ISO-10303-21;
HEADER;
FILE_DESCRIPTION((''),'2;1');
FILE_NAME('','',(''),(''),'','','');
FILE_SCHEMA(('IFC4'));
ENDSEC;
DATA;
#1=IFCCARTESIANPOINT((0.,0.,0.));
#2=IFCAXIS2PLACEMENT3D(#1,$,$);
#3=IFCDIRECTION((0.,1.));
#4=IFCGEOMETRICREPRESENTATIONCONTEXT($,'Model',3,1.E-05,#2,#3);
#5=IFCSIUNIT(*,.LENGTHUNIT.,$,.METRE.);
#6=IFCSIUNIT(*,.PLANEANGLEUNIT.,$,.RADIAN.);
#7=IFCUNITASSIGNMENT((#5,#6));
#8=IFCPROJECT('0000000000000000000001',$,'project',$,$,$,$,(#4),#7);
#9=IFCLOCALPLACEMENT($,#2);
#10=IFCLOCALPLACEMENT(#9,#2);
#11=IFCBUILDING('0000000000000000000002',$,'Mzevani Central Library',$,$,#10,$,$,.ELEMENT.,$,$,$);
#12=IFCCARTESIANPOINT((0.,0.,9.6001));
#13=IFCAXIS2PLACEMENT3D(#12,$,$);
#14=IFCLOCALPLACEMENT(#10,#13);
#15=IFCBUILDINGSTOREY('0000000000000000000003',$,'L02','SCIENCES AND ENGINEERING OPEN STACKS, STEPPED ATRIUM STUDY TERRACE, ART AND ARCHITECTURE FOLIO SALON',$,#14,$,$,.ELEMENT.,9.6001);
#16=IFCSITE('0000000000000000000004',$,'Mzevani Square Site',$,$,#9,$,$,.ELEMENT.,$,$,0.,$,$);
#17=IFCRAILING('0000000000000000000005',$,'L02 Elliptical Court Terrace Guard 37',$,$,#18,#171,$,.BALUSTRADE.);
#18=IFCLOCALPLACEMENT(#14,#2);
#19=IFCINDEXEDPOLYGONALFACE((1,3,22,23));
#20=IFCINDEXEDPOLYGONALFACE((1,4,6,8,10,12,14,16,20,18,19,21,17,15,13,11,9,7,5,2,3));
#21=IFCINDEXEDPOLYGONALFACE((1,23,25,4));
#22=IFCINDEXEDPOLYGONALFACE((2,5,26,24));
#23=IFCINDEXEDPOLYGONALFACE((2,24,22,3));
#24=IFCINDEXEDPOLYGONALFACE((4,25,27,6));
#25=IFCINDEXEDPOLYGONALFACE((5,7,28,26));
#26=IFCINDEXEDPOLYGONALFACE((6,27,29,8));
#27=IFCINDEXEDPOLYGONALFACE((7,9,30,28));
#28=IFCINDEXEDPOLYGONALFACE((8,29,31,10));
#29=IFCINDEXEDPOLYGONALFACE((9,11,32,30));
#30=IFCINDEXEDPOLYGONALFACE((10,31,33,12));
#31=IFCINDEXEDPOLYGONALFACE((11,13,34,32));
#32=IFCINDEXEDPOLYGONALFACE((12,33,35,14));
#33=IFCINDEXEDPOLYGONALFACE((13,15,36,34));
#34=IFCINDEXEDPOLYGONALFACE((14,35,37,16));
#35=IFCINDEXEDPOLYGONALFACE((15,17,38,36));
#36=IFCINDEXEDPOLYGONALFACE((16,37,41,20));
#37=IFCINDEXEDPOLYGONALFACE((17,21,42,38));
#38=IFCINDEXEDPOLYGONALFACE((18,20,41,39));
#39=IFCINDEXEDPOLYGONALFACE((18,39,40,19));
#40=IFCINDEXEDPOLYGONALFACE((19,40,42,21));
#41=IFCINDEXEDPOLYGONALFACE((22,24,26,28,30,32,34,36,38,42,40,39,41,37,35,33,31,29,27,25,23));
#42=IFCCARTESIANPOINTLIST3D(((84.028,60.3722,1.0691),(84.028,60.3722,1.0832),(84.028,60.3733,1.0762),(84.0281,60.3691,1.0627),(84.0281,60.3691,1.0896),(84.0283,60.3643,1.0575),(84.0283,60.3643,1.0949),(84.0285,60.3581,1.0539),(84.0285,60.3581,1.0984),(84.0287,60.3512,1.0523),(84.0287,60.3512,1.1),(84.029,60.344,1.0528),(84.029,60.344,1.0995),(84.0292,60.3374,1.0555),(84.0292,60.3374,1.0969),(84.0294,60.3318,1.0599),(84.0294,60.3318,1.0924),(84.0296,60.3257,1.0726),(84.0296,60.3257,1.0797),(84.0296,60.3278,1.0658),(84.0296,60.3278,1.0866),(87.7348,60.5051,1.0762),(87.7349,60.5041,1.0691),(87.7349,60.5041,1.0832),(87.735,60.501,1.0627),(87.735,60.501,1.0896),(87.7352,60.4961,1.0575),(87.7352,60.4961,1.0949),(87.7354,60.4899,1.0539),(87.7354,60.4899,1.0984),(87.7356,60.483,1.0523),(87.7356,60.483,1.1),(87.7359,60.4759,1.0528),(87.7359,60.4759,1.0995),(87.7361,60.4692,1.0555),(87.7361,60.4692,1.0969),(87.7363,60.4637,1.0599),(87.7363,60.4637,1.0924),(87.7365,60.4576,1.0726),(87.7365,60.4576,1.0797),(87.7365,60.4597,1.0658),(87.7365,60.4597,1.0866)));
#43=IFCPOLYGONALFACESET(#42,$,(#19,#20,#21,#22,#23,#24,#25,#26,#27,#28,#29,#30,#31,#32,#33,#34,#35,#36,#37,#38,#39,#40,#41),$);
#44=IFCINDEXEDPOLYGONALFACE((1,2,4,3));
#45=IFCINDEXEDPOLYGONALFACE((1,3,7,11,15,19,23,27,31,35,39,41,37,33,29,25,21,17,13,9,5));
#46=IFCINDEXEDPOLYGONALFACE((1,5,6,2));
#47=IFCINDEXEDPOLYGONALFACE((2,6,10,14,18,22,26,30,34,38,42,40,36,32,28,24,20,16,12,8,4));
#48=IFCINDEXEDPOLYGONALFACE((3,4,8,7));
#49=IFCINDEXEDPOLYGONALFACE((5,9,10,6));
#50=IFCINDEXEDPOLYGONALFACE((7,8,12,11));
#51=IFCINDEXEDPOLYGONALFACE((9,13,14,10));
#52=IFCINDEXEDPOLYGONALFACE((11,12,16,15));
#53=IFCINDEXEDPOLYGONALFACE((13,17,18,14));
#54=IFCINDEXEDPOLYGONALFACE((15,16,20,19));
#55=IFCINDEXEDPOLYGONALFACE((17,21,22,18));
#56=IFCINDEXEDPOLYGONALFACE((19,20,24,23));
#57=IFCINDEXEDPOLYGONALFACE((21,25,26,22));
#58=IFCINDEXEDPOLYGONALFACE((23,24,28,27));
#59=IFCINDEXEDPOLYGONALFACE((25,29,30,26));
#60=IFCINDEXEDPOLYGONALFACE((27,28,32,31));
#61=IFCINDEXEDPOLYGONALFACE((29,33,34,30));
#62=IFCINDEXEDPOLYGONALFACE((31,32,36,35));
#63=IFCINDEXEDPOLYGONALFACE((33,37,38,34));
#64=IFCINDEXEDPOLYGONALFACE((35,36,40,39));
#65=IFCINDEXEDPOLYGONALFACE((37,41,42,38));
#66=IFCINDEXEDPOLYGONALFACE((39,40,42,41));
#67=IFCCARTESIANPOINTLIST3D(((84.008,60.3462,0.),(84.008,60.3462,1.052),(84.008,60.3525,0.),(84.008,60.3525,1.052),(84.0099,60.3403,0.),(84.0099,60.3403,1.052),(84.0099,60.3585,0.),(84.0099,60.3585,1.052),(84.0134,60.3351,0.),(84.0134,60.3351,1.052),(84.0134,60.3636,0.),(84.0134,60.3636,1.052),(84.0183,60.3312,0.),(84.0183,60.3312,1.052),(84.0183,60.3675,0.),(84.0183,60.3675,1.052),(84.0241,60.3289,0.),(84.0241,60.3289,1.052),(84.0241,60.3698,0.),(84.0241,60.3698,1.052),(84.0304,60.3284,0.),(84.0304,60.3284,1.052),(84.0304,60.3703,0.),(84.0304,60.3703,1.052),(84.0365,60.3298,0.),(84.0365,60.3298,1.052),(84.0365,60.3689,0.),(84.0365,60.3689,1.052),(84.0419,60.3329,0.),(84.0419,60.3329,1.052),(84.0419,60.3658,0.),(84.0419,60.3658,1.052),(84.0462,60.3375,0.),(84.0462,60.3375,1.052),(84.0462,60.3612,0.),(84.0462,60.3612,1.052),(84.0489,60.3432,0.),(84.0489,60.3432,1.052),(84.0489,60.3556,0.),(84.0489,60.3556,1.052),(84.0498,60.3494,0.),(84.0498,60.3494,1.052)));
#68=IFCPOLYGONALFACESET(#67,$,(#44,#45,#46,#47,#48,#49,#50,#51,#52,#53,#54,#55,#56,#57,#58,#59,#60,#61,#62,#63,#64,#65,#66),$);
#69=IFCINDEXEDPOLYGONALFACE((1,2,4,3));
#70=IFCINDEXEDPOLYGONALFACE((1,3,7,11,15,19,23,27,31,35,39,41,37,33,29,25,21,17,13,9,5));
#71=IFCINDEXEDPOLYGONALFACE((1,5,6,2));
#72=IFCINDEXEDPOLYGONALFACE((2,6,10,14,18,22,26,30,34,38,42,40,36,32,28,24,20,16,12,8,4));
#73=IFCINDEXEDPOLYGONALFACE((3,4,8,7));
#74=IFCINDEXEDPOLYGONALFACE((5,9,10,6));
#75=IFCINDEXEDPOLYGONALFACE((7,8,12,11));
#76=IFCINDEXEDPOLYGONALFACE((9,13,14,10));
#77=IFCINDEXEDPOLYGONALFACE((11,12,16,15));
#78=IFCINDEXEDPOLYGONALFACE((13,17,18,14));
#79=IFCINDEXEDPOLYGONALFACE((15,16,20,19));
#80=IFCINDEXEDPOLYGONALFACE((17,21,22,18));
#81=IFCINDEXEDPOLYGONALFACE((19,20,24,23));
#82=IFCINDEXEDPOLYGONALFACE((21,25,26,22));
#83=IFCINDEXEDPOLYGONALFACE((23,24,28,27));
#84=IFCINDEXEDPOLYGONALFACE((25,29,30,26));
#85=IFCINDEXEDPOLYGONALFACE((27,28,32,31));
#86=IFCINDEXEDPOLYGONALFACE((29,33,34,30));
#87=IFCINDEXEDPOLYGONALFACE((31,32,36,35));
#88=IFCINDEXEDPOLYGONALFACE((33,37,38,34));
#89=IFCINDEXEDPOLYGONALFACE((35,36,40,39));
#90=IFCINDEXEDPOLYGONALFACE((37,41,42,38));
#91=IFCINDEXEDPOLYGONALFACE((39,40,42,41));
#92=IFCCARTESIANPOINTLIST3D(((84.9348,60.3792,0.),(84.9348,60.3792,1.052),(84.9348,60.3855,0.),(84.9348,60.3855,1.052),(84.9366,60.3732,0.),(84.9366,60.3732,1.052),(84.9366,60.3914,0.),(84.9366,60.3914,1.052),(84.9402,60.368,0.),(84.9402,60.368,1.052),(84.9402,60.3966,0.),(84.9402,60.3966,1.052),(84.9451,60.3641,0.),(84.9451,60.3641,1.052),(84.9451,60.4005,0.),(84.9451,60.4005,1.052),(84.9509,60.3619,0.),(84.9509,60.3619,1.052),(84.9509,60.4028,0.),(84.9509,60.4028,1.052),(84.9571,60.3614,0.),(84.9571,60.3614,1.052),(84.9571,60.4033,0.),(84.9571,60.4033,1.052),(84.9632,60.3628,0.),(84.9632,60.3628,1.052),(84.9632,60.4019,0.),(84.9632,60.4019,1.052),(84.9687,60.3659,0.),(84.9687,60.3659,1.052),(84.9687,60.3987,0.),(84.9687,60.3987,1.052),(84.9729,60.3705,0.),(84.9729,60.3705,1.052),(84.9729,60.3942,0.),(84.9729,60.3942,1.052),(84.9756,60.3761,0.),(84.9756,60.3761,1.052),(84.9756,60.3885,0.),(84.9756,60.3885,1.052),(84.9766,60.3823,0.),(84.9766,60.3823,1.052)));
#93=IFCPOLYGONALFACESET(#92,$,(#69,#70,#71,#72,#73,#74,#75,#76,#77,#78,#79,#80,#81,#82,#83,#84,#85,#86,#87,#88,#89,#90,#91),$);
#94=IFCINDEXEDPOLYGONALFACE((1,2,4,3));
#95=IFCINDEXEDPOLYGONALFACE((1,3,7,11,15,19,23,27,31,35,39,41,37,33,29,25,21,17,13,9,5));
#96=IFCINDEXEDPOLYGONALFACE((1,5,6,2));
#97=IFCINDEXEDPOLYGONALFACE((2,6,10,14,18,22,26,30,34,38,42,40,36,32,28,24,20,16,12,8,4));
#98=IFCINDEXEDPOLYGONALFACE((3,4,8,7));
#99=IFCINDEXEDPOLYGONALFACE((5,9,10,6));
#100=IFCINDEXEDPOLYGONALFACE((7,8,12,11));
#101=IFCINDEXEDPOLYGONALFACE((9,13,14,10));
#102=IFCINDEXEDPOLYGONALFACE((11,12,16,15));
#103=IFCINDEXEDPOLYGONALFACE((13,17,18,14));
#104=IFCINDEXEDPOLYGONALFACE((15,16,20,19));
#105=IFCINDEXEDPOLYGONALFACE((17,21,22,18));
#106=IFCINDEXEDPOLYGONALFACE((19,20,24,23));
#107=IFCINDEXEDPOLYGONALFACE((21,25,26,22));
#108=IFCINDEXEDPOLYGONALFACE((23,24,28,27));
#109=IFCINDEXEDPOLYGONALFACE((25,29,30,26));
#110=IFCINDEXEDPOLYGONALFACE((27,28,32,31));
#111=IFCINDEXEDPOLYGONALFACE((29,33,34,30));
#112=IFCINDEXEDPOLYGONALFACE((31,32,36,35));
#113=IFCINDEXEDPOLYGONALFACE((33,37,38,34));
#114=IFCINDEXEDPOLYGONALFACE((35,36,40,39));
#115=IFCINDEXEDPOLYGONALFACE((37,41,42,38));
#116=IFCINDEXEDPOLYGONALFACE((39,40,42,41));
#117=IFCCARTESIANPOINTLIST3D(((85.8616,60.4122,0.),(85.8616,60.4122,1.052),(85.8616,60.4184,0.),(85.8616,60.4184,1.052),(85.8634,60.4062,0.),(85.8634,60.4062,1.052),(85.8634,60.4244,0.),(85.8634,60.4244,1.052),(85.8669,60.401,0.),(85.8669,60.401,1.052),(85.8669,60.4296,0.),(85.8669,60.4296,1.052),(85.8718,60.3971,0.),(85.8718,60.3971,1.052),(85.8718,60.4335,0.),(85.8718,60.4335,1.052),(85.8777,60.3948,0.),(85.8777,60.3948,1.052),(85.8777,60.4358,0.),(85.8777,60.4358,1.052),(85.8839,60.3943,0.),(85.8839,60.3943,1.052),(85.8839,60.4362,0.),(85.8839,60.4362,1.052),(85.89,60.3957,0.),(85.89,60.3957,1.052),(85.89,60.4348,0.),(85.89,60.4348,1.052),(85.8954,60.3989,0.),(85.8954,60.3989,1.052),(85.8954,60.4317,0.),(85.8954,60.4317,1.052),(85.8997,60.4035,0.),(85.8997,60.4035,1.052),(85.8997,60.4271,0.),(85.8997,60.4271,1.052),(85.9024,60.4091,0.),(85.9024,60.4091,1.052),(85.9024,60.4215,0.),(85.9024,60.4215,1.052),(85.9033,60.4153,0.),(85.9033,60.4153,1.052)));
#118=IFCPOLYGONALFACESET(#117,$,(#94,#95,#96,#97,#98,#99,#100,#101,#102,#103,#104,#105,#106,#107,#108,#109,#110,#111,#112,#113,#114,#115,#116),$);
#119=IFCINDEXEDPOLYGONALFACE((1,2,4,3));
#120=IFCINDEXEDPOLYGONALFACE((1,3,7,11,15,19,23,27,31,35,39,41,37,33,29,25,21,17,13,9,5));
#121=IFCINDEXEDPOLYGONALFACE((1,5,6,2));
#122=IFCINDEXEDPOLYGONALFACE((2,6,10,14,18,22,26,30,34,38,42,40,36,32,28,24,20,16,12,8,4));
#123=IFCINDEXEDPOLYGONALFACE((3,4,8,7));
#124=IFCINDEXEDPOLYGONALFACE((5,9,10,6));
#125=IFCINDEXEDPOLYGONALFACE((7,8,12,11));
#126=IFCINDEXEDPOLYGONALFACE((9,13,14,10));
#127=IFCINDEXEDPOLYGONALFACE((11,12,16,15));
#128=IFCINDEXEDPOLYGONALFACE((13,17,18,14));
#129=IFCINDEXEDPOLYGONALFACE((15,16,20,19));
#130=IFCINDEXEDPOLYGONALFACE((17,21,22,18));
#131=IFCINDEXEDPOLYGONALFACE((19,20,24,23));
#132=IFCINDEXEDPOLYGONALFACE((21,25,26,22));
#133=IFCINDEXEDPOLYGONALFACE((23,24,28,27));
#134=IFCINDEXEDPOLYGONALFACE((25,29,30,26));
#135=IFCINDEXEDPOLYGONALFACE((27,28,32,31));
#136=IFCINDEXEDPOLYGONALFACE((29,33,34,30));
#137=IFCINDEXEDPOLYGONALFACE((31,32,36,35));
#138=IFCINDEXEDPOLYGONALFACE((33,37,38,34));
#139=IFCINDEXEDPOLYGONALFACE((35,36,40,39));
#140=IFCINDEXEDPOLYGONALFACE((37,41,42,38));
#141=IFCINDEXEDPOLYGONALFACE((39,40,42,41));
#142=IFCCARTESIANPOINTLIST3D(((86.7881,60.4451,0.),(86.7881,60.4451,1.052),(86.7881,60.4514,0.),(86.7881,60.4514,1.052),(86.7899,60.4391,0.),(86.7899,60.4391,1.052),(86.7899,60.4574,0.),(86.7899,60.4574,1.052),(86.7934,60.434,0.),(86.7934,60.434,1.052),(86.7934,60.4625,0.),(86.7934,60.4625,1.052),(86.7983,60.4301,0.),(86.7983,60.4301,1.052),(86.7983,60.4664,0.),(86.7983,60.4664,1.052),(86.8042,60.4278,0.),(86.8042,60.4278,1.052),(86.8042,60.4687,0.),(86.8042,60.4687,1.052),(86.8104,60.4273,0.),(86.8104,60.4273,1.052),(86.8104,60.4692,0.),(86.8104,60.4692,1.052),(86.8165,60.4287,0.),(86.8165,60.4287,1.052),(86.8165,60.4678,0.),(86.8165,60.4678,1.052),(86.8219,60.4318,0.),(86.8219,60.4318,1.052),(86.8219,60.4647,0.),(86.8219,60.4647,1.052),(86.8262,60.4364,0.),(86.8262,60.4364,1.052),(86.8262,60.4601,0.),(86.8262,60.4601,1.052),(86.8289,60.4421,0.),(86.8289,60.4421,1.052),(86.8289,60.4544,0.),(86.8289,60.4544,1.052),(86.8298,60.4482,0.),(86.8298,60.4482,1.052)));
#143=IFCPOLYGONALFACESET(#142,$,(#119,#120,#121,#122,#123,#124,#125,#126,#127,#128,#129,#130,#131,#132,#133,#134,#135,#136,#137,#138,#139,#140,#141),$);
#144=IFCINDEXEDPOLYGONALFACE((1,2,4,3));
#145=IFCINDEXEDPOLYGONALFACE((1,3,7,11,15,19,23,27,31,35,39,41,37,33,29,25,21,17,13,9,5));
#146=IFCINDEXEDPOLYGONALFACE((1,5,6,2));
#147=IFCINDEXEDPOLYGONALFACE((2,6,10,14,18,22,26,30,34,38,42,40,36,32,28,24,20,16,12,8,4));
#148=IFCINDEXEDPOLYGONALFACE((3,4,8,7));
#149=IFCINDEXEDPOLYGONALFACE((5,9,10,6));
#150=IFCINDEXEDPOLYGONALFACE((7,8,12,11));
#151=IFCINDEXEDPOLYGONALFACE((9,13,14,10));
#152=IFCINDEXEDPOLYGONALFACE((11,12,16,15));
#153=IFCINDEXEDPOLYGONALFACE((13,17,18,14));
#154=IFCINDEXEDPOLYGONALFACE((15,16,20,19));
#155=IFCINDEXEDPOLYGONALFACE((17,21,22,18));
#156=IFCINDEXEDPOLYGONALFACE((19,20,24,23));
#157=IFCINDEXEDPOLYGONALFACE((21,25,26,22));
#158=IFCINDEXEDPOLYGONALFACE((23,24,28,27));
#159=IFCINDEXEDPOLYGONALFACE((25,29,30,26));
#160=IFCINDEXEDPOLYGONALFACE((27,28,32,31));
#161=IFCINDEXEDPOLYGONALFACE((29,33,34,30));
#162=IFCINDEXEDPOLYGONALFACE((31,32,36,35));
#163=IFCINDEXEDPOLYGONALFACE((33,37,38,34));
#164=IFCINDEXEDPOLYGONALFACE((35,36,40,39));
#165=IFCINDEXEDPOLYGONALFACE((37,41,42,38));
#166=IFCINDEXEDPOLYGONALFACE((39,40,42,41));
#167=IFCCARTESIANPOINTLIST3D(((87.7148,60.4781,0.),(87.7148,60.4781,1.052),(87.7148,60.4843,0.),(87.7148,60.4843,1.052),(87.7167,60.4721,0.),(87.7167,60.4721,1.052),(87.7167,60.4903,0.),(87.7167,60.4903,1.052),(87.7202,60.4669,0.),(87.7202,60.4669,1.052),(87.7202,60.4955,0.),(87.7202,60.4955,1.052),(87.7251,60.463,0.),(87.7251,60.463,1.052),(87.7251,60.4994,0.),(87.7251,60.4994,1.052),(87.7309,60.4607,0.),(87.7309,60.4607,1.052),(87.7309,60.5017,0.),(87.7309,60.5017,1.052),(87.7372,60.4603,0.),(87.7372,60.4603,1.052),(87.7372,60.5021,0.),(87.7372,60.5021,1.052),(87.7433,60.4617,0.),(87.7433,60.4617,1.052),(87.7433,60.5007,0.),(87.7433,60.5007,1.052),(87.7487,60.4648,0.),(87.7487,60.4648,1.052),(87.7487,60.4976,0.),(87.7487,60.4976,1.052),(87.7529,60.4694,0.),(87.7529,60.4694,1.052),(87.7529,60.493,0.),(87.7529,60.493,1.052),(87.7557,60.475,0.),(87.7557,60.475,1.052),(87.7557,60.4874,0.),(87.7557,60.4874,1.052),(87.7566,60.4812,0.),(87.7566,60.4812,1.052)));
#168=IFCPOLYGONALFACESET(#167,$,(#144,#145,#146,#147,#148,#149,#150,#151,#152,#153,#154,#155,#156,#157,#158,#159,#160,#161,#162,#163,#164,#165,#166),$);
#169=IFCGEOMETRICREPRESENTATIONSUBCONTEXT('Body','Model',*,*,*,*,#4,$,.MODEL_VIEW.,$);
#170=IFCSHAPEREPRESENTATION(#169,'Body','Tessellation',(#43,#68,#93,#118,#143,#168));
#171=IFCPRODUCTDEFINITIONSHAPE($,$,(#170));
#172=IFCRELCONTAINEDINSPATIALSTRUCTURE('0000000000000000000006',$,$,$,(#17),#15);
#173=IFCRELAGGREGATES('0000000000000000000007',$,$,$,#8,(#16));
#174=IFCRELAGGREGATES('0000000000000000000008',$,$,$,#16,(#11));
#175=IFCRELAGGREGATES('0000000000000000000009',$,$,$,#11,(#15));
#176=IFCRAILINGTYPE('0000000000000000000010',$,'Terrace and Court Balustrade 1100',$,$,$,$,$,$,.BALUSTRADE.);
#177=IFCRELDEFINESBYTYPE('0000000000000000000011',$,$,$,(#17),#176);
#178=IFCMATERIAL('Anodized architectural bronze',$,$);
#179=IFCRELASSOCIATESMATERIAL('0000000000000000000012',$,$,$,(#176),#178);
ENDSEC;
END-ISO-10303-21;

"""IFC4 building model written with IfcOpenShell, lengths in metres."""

from ifc_helpers import new_model, si_unit, direction, frame, origin, origin_2d, place, context, subcontext, project, spatial, circle, extrude, material, type_object, element, save


model = new_model("IFC4")

# Units and contexts
model_context = context("Model", 3, precision=1e-05, world=origin(), true_north=direction((0.0, 1.0)))
body_context = subcontext(model_context, "Body", "Model", "MODEL_VIEW")
ifc_project = project(units=[si_unit("LENGTHUNIT", "METRE"), si_unit("PLANEANGLEUNIT", "RADIAN")], contexts=[model_context])

# Site, building, storey
site_placement = place(None, origin())
site = spatial("IfcSite", under=ifc_project, at=site_placement, Name="Mzevani Square Site", CompositionType="ELEMENT", RefElevation=0.0)
building_placement = place(site_placement, origin())
building = spatial("IfcBuilding", under=site, at=building_placement, Name="Mzevani Central Library", CompositionType="ELEMENT")
storey_placement = place(building_placement, frame((0.0, 0.0, 9.6001)))
storey = spatial("IfcBuildingStorey", under=building, at=storey_placement, Name="L02", Description="SCIENCES AND ENGINEERING OPEN STACKS, STEPPED ATRIUM STUDY TERRACE, ART AND ARCHITECTURE FOLIO SALON", CompositionType="ELEMENT", Elevation=9.6001)

# Railing
ifc_material_1 = material(Name="Anodized architectural bronze")
railing_type = type_object("IfcRailingType", Name="Terrace and Court Balustrade 1100", PredefinedType="BALUSTRADE", material=ifc_material_1)
railing_1_placement = place(storey_placement, frame((84.0288, 60.3494, 0.0)))
element("IfcRailing", 1, at=railing_1_placement, inside=storey, type_object=railing_type, Name="L02 Elliptical Court Terrace Guard 37", PredefinedType="BALUSTRADE", context=body_context, shape_type="SweptSolid", body=[
    extrude(circle(Radius=0.0239, at=origin_2d()), frame((0.0, 0.0, 1.0762), z_axis=(0.999368, 0.035544, 0.0), x_axis=(-0.035544, 0.999368, 0.0)), (0.0, 0.0, 1.0), 3.7092),
    extrude(circle(Radius=0.021, at=origin_2d()), origin(), (0.0, 0.0, 1.0), 1.052),
    extrude(circle(Radius=0.021, at=origin_2d()), frame((0.9268, 0.033, 0.0)), (0.0, 0.0, 1.0), 1.052),
    extrude(circle(Radius=0.021, at=origin_2d()), frame((1.8535, 0.0659, 0.0)), (0.0, 0.0, 1.0), 1.052),
    extrude(circle(Radius=0.021, at=origin_2d()), frame((2.78, 0.0989, 0.0)), (0.0, 0.0, 1.0), 1.052),
    extrude(circle(Radius=0.021, at=origin_2d()), frame((3.7068, 0.1318, 0.0)), (0.0, 0.0, 1.0), 1.052),
])

save(model, "model.ifc")
